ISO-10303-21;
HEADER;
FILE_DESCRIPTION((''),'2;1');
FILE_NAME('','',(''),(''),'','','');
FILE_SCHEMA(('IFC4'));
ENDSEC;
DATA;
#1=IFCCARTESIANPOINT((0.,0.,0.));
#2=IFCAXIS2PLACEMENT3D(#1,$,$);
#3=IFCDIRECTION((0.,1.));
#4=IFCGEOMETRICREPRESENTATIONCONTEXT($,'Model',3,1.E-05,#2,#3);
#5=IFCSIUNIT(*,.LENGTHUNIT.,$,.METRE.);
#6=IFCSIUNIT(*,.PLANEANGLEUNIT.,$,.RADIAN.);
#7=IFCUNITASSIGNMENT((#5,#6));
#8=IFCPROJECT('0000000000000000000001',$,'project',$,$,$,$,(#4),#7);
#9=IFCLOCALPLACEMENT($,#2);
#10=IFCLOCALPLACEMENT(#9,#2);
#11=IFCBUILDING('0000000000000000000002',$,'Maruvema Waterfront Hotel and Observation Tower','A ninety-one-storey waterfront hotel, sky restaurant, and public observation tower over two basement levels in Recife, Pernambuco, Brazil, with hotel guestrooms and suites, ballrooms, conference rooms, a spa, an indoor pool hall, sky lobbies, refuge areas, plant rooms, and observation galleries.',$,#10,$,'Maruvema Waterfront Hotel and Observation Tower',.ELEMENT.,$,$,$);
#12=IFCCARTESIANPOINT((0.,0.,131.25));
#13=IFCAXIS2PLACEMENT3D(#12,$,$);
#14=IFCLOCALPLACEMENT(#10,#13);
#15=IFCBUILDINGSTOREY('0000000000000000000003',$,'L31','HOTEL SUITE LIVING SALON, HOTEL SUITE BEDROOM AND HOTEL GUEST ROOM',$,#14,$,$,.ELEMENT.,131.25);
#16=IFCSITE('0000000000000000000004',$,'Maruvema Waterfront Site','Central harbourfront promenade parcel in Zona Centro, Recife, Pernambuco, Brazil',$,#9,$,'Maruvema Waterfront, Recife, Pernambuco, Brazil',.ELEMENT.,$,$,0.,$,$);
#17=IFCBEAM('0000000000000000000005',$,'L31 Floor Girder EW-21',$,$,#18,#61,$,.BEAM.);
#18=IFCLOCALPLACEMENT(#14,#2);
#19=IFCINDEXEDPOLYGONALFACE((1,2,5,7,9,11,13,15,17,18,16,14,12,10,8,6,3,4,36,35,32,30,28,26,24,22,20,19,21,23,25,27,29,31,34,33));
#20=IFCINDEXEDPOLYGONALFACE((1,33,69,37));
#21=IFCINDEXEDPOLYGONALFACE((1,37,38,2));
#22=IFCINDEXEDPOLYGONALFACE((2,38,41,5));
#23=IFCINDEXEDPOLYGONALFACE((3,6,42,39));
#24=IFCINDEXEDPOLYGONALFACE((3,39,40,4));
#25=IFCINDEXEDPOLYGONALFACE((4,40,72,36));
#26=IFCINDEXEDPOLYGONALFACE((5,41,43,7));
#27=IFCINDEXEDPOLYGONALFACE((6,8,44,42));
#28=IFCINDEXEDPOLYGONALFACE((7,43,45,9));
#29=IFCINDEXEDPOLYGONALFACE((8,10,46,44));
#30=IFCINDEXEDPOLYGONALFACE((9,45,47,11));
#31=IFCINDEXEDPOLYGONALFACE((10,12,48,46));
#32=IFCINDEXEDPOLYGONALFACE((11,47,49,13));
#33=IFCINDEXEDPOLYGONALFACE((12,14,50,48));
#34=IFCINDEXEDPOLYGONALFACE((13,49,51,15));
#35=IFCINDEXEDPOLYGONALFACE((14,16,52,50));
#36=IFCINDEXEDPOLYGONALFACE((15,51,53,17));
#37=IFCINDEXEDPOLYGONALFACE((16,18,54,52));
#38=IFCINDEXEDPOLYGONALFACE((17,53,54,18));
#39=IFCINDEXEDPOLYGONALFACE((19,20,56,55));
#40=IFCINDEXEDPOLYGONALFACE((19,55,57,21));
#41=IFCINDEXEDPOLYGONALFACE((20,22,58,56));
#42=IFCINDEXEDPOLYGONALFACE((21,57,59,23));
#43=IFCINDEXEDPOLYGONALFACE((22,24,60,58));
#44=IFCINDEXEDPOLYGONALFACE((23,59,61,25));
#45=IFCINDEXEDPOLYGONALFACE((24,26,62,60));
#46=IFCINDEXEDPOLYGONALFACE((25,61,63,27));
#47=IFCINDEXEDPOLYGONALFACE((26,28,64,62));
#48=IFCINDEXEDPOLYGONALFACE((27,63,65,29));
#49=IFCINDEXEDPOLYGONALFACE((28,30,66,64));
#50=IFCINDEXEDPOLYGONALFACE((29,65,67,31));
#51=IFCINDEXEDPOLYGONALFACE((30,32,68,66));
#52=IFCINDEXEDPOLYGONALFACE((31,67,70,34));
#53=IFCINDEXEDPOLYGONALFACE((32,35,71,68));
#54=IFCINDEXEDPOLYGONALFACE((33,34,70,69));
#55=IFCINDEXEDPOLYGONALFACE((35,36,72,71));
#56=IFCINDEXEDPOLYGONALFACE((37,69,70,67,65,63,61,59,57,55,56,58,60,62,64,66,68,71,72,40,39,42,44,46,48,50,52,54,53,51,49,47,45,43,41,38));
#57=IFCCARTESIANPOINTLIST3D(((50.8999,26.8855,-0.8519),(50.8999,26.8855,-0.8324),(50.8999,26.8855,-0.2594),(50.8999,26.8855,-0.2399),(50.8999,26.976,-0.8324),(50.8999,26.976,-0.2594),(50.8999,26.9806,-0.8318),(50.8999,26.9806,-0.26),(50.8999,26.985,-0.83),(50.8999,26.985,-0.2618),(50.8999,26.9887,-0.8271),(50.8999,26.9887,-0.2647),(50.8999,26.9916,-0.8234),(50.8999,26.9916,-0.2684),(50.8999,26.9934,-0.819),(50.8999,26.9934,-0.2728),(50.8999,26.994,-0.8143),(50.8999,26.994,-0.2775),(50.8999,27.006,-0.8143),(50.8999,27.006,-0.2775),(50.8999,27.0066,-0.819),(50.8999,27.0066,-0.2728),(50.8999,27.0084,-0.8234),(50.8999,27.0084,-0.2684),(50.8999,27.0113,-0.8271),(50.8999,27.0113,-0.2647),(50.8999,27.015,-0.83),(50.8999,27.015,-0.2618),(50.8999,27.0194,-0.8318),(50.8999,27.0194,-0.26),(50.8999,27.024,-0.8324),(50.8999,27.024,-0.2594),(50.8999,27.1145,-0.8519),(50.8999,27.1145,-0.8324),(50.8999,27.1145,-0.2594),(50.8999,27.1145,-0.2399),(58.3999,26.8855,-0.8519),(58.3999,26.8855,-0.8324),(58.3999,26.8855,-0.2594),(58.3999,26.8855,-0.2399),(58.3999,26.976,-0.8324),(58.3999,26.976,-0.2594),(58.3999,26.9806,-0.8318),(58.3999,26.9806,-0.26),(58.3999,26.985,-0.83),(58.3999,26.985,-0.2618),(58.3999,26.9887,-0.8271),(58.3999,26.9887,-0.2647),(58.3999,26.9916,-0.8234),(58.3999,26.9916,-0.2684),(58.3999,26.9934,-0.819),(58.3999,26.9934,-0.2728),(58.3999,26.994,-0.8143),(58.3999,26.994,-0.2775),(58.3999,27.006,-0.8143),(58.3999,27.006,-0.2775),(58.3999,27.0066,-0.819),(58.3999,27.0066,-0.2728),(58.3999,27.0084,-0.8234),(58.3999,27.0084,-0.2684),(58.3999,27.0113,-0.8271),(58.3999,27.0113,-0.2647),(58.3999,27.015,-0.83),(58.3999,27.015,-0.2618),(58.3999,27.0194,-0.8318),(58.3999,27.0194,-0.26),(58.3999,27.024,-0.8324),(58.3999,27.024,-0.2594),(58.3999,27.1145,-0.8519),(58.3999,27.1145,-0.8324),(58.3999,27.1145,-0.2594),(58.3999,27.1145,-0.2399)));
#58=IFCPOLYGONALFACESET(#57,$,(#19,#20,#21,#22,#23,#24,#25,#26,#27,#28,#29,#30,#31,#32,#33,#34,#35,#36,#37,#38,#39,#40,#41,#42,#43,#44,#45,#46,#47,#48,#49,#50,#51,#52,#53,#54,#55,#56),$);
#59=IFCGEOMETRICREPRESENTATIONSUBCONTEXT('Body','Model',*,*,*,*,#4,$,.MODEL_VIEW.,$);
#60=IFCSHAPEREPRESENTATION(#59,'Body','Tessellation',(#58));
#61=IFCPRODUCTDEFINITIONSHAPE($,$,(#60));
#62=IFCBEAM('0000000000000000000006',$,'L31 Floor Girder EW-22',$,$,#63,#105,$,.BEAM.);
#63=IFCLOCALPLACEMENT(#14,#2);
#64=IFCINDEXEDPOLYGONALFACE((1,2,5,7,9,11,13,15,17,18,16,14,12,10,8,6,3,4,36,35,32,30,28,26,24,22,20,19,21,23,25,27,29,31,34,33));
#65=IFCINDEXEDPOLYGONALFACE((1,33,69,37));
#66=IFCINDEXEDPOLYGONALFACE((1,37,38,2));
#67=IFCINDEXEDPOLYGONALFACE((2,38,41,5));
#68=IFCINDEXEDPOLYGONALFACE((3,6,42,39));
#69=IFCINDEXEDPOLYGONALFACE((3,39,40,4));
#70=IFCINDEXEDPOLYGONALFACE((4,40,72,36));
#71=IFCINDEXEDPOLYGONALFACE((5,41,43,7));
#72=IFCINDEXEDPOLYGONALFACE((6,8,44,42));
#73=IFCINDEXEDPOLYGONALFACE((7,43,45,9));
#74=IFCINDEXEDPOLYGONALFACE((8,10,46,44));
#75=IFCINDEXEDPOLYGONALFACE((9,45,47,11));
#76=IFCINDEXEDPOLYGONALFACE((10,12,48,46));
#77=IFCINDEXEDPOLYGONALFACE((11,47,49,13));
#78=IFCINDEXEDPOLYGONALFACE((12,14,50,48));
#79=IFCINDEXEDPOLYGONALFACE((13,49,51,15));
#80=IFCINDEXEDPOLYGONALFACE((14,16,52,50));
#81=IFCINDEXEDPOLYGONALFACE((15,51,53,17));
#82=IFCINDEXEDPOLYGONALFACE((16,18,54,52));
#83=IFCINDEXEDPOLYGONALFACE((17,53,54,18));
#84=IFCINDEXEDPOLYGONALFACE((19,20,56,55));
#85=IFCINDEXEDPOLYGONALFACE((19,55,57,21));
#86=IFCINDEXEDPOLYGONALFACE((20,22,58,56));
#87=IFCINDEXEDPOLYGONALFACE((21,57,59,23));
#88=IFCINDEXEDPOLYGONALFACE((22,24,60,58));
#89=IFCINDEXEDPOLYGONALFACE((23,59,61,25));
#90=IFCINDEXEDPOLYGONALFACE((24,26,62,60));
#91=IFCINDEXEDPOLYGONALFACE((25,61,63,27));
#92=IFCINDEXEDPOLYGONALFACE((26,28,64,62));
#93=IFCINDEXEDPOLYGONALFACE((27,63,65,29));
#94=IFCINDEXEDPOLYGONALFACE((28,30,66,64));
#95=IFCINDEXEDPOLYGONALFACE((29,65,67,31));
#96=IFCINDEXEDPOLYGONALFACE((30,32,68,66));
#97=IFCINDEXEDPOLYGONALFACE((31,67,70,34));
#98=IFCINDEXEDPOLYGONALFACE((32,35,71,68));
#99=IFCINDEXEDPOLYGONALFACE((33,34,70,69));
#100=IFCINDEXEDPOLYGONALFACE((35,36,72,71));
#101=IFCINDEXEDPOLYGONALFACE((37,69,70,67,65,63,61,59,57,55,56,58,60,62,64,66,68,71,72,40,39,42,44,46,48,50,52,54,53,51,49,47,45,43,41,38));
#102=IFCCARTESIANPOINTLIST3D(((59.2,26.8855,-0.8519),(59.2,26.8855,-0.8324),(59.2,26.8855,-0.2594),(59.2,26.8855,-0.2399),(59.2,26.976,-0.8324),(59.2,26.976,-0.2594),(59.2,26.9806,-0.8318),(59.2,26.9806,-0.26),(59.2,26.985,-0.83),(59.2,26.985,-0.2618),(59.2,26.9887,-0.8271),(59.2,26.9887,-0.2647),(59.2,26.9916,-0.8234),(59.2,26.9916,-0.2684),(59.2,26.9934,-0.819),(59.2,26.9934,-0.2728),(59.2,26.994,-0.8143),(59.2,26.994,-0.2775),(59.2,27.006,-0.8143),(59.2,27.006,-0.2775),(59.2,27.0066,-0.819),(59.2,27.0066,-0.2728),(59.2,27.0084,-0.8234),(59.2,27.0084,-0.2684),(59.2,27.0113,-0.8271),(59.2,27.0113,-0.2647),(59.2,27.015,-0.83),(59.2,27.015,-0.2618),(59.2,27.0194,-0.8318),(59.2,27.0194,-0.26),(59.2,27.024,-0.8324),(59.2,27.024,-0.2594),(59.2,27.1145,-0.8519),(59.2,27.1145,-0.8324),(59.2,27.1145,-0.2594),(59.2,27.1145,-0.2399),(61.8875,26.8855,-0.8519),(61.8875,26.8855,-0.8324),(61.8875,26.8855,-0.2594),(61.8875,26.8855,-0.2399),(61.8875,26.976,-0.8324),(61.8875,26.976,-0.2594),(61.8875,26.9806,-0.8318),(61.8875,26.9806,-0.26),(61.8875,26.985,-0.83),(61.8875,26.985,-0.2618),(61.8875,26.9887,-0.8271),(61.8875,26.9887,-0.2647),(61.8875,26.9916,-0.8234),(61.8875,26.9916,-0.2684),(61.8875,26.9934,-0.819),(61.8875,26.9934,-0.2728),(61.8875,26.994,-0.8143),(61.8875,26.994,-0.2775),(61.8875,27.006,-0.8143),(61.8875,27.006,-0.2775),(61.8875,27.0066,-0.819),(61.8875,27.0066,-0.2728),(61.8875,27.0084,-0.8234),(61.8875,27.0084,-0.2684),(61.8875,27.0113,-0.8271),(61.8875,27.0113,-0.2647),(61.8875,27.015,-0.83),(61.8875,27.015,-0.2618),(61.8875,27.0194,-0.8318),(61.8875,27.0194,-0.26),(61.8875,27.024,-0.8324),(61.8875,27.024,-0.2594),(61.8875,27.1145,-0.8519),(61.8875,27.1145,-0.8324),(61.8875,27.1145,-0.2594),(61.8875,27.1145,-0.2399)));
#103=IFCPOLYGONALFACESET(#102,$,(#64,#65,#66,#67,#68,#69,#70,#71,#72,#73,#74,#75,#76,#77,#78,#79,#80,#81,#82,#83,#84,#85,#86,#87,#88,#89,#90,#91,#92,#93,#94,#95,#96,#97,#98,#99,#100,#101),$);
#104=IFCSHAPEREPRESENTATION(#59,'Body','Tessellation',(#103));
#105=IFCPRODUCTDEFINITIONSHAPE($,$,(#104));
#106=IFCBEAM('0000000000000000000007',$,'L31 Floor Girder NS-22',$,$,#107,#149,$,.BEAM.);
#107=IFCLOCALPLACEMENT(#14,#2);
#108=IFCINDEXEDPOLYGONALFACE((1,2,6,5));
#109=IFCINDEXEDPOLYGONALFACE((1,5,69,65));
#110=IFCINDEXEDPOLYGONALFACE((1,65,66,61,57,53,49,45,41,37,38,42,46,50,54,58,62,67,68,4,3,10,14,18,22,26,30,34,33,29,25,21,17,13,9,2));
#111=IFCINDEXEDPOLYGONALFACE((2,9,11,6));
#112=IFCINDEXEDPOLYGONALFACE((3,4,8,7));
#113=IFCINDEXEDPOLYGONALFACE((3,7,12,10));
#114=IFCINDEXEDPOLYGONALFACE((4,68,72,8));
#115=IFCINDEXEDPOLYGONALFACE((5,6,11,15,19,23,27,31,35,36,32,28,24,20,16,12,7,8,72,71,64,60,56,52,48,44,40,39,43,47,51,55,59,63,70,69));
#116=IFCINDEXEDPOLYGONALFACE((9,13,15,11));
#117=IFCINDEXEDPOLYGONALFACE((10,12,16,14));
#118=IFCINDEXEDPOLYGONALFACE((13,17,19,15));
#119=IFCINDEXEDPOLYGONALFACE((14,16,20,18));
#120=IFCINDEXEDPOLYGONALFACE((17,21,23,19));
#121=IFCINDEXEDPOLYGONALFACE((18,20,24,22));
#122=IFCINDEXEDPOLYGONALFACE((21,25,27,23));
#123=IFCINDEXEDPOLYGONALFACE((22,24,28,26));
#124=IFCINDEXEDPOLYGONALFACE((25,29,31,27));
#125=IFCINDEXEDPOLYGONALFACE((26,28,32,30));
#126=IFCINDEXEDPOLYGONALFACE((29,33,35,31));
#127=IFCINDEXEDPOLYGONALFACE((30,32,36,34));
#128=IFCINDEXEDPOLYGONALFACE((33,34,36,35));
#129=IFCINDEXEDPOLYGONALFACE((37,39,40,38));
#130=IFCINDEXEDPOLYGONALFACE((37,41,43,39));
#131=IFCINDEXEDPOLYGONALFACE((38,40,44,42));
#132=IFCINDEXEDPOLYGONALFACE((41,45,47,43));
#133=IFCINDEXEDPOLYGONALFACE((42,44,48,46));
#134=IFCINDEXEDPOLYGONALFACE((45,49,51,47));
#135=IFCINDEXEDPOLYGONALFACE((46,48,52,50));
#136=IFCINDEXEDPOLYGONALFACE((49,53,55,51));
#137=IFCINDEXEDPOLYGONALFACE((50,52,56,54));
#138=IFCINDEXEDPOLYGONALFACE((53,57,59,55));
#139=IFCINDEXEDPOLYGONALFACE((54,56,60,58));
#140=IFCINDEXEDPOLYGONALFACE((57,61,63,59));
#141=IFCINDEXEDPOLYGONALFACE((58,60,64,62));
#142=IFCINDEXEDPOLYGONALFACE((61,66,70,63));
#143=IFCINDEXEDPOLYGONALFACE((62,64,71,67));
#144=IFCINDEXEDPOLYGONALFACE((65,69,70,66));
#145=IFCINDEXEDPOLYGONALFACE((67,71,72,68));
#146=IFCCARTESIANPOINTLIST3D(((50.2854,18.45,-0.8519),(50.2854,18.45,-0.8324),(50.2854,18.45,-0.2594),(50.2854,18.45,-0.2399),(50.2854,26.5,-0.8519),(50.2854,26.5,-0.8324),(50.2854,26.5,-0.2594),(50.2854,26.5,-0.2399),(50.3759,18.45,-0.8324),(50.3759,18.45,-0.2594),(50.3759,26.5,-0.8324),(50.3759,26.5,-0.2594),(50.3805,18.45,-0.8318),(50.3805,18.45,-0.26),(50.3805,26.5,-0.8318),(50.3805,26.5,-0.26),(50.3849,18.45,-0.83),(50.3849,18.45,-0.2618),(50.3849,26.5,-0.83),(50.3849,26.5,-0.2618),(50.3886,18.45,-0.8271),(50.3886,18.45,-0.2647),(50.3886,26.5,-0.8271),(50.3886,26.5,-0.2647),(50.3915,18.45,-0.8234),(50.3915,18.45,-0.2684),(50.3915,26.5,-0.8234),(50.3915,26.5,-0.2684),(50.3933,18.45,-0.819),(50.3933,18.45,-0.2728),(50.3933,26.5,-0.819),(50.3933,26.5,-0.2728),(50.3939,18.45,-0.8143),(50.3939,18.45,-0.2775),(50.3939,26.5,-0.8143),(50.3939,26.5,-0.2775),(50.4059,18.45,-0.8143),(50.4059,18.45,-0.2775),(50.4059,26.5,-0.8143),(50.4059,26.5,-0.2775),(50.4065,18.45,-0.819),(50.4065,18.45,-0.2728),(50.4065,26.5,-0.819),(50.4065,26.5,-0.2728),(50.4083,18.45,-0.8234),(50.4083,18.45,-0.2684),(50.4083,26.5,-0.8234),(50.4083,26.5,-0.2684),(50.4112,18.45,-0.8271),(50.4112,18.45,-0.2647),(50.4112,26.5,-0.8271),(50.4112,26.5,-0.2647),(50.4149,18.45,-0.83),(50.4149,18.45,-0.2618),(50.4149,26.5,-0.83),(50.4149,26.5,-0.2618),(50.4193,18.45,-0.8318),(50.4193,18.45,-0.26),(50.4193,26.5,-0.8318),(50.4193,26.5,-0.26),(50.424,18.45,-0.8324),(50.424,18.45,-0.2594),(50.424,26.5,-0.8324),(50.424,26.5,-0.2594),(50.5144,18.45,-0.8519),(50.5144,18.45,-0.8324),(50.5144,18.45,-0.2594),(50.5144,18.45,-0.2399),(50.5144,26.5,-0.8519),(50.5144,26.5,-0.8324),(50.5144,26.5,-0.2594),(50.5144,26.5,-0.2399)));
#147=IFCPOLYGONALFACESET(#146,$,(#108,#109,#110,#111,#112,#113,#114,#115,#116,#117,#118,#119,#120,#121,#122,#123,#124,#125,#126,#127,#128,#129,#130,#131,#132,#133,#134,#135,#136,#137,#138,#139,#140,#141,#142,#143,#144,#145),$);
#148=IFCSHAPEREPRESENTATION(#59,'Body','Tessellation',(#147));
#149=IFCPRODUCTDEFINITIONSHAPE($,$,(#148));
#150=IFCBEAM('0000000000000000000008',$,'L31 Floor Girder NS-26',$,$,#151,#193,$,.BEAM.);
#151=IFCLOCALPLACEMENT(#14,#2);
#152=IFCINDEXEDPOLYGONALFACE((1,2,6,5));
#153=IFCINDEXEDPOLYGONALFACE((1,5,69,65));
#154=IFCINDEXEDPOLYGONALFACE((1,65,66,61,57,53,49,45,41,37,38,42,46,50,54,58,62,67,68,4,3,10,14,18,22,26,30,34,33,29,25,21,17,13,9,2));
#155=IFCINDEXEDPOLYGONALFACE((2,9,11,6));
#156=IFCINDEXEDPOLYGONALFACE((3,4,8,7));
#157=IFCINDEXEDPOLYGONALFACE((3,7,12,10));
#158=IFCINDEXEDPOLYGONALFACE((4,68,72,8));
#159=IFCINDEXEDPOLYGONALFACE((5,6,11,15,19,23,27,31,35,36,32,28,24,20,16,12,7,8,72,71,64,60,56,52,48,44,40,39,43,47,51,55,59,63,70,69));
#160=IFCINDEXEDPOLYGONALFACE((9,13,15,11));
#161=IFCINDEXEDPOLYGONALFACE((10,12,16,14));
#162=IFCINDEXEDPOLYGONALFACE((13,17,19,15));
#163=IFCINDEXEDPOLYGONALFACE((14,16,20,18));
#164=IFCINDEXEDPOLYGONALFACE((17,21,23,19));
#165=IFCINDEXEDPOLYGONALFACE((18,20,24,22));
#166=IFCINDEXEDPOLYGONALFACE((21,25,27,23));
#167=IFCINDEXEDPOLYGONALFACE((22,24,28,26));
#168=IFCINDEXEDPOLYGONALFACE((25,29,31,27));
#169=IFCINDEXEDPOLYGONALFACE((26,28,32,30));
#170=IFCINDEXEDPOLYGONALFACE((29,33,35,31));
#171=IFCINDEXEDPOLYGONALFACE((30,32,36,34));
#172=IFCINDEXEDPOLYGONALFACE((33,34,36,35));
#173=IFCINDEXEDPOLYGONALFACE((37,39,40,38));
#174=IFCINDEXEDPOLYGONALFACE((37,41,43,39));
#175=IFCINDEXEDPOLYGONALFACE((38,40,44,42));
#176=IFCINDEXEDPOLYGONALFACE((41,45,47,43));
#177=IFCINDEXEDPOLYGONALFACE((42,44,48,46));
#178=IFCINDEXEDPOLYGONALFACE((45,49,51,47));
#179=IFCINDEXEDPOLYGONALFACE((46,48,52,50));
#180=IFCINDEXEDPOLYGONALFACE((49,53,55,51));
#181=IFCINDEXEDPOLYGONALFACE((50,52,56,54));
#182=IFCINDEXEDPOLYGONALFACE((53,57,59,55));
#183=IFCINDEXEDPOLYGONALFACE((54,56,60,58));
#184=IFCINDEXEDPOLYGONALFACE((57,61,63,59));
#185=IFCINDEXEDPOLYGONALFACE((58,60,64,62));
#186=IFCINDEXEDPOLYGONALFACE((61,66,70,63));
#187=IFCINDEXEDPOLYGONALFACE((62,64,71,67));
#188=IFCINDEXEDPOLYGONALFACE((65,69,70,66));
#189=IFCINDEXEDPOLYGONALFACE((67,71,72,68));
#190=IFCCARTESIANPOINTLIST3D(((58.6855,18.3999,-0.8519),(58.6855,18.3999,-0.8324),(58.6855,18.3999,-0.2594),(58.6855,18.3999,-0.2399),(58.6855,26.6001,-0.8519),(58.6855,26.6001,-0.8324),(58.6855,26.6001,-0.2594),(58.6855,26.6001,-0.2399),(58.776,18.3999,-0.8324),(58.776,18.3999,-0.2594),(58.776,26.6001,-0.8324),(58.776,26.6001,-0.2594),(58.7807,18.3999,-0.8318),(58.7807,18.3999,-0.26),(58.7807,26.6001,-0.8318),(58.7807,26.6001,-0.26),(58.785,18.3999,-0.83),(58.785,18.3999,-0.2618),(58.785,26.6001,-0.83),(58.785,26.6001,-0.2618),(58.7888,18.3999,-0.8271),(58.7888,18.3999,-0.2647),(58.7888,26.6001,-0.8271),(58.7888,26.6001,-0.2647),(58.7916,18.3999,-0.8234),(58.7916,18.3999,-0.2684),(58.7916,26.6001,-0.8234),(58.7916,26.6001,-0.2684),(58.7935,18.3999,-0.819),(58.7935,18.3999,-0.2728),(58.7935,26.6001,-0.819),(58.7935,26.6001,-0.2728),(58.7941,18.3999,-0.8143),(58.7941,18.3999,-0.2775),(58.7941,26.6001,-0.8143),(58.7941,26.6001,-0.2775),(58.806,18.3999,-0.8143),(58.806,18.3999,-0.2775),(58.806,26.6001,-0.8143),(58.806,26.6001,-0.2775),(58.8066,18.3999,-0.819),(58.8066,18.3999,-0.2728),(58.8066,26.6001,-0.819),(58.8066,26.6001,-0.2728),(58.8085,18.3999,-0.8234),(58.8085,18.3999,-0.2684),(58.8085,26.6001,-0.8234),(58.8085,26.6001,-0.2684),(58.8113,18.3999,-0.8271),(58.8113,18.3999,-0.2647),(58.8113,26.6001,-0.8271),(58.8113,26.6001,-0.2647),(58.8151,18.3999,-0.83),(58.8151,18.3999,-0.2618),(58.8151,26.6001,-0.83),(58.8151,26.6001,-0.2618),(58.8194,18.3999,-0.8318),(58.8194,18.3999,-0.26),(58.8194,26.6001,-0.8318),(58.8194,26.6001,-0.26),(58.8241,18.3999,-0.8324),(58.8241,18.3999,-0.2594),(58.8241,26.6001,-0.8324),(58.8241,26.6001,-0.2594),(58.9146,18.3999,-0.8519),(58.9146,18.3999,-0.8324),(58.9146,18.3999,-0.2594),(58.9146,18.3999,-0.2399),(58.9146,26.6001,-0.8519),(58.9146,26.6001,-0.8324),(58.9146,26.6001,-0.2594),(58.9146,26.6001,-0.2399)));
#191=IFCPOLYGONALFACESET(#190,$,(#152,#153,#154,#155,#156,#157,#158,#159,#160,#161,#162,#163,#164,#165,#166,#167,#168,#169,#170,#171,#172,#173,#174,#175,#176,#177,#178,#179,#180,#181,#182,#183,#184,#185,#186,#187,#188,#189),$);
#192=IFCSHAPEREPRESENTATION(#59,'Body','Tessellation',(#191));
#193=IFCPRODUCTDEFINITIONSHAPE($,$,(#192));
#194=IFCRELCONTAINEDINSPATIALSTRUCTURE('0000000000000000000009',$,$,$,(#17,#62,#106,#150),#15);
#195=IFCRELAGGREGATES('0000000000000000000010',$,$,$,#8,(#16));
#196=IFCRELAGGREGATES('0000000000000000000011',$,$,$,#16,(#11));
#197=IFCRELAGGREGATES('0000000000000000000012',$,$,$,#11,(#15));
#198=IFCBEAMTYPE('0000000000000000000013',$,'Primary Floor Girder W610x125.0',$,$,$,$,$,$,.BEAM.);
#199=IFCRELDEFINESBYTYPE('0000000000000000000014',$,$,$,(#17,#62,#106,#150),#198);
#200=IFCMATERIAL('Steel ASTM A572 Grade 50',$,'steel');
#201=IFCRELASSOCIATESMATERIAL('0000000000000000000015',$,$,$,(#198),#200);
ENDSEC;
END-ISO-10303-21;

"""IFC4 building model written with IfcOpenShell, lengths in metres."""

from ifc_helpers import new_model, si_unit, direction, frame, origin, origin_2d, place, context, subcontext, project, spatial, i_section, extrude, material, material_profile, profile_set, type_object, element, save


model = new_model("IFC4")

# Units and contexts
model_context = context("Model", 3, precision=1e-05, world=origin(), true_north=direction((0.0, 1.0)))
body_context = subcontext(model_context, "Body", "Model", "MODEL_VIEW")
ifc_project = project(units=[si_unit("LENGTHUNIT", "METRE"), si_unit("PLANEANGLEUNIT", "RADIAN")], contexts=[model_context])

# Site, building, storey
site_placement = place(None, origin())
site = spatial("IfcSite", under=ifc_project, at=site_placement, Name="Maruvema Waterfront Site", Description="Central harbourfront promenade parcel in Zona Centro, Recife, Pernambuco, Brazil", LongName="Maruvema Waterfront, Recife, Pernambuco, Brazil", CompositionType="ELEMENT", RefElevation=0.0)
building_placement = place(site_placement, origin())
building = spatial("IfcBuilding", under=site, at=building_placement, Name="Maruvema Waterfront Hotel and Observation Tower", Description="A ninety-one-storey waterfront hotel, sky restaurant, and public observation tower over two basement levels in Recife, Pernambuco, Brazil, with hotel guestrooms and suites, ballrooms, conference rooms, a spa, an indoor pool hall, sky lobbies, refuge areas, plant rooms, and observation galleries.", LongName="Maruvema Waterfront Hotel and Observation Tower", CompositionType="ELEMENT")
storey_placement = place(building_placement, frame((0.0, 0.0, 131.25)))
storey = spatial("IfcBuildingStorey", under=building, at=storey_placement, Name="L31", Description="HOTEL SUITE LIVING SALON, HOTEL SUITE BEDROOM AND HOTEL GUEST ROOM", CompositionType="ELEMENT", Elevation=131.25)

# Beams
ifc_material_1 = material(Name="Steel ASTM A572 Grade 50", Category="steel")
ifc_material_profile_1 = material_profile(ifc_material_1, i_section(OverallWidth=0.229, OverallDepth=0.6121, WebThickness=0.012, FlangeThickness=0.0195, FilletRadius=0.0181, at=origin_2d()), Name="W610x125.0")
ifc_profile_set_1 = profile_set([ifc_material_profile_1], Name="Steel ASTM A572 Grade 50")
beam_type_1 = type_object("IfcBeamType", Name="Primary Floor Girder W610x125.0", PredefinedType="BEAM", material=ifc_profile_set_1)
beam_1_placement = place(storey_placement, frame((50.8999, 27.0, -0.5459), z_axis=(1.0, 0.0, 0.0), x_axis=(0.0, 1.0, 0.0)))
element("IfcBeam", 1, at=beam_1_placement, inside=storey, type_object=beam_type_1, Name="L31 Floor Girder EW-21", PredefinedType="BEAM", context=body_context, shape_type="SweptSolid", body=[
    extrude(i_section(OverallWidth=0.229, OverallDepth=0.6121, WebThickness=0.012, FlangeThickness=0.0195, FilletRadius=0.0181, at=origin_2d()), origin(), (0.0, 0.0, 1.0), 7.5),
])
beam_2_placement = place(storey_placement, frame((59.2, 27.0, -0.5459), z_axis=(1.0, 0.0, 0.0), x_axis=(0.0, 1.0, 0.0)))
element("IfcBeam", 2, at=beam_2_placement, inside=storey, type_object=beam_type_1, Name="L31 Floor Girder EW-22", PredefinedType="BEAM", context=body_context, shape_type="SweptSolid", body=[
    extrude(i_section(OverallWidth=0.229, OverallDepth=0.6121, WebThickness=0.012, FlangeThickness=0.0195, FilletRadius=0.0181, at=origin_2d()), origin(), (0.0, 0.0, 1.0), 2.6875),
])
beam_3_placement = place(storey_placement, frame((50.3999, 18.45, -0.5459), z_axis=(0.0, 1.0, 0.0), x_axis=(-1.0, 0.0, 0.0)))
element("IfcBeam", 3, at=beam_3_placement, inside=storey, type_object=beam_type_1, Name="L31 Floor Girder NS-22", PredefinedType="BEAM", context=body_context, shape_type="SweptSolid", body=[
    extrude(i_section(OverallWidth=0.229, OverallDepth=0.6121, WebThickness=0.012, FlangeThickness=0.0195, FilletRadius=0.0181, at=origin_2d()), origin(), (0.0, 0.0, 1.0), 8.05),
])
beam_4_placement = place(storey_placement, frame((58.8, 18.3999, -0.5459), z_axis=(0.0, 1.0, 0.0), x_axis=(-1.0, 0.0, 0.0)))
element("IfcBeam", 4, at=beam_4_placement, inside=storey, type_object=beam_type_1, Name="L31 Floor Girder NS-26", PredefinedType="BEAM", context=body_context, shape_type="SweptSolid", body=[
    extrude(i_section(OverallWidth=0.229, OverallDepth=0.6121, WebThickness=0.012, FlangeThickness=0.0195, FilletRadius=0.0181, at=origin_2d()), origin(), (0.0, 0.0, 1.0), 8.2002),
])

save(model, "model.ifc")
